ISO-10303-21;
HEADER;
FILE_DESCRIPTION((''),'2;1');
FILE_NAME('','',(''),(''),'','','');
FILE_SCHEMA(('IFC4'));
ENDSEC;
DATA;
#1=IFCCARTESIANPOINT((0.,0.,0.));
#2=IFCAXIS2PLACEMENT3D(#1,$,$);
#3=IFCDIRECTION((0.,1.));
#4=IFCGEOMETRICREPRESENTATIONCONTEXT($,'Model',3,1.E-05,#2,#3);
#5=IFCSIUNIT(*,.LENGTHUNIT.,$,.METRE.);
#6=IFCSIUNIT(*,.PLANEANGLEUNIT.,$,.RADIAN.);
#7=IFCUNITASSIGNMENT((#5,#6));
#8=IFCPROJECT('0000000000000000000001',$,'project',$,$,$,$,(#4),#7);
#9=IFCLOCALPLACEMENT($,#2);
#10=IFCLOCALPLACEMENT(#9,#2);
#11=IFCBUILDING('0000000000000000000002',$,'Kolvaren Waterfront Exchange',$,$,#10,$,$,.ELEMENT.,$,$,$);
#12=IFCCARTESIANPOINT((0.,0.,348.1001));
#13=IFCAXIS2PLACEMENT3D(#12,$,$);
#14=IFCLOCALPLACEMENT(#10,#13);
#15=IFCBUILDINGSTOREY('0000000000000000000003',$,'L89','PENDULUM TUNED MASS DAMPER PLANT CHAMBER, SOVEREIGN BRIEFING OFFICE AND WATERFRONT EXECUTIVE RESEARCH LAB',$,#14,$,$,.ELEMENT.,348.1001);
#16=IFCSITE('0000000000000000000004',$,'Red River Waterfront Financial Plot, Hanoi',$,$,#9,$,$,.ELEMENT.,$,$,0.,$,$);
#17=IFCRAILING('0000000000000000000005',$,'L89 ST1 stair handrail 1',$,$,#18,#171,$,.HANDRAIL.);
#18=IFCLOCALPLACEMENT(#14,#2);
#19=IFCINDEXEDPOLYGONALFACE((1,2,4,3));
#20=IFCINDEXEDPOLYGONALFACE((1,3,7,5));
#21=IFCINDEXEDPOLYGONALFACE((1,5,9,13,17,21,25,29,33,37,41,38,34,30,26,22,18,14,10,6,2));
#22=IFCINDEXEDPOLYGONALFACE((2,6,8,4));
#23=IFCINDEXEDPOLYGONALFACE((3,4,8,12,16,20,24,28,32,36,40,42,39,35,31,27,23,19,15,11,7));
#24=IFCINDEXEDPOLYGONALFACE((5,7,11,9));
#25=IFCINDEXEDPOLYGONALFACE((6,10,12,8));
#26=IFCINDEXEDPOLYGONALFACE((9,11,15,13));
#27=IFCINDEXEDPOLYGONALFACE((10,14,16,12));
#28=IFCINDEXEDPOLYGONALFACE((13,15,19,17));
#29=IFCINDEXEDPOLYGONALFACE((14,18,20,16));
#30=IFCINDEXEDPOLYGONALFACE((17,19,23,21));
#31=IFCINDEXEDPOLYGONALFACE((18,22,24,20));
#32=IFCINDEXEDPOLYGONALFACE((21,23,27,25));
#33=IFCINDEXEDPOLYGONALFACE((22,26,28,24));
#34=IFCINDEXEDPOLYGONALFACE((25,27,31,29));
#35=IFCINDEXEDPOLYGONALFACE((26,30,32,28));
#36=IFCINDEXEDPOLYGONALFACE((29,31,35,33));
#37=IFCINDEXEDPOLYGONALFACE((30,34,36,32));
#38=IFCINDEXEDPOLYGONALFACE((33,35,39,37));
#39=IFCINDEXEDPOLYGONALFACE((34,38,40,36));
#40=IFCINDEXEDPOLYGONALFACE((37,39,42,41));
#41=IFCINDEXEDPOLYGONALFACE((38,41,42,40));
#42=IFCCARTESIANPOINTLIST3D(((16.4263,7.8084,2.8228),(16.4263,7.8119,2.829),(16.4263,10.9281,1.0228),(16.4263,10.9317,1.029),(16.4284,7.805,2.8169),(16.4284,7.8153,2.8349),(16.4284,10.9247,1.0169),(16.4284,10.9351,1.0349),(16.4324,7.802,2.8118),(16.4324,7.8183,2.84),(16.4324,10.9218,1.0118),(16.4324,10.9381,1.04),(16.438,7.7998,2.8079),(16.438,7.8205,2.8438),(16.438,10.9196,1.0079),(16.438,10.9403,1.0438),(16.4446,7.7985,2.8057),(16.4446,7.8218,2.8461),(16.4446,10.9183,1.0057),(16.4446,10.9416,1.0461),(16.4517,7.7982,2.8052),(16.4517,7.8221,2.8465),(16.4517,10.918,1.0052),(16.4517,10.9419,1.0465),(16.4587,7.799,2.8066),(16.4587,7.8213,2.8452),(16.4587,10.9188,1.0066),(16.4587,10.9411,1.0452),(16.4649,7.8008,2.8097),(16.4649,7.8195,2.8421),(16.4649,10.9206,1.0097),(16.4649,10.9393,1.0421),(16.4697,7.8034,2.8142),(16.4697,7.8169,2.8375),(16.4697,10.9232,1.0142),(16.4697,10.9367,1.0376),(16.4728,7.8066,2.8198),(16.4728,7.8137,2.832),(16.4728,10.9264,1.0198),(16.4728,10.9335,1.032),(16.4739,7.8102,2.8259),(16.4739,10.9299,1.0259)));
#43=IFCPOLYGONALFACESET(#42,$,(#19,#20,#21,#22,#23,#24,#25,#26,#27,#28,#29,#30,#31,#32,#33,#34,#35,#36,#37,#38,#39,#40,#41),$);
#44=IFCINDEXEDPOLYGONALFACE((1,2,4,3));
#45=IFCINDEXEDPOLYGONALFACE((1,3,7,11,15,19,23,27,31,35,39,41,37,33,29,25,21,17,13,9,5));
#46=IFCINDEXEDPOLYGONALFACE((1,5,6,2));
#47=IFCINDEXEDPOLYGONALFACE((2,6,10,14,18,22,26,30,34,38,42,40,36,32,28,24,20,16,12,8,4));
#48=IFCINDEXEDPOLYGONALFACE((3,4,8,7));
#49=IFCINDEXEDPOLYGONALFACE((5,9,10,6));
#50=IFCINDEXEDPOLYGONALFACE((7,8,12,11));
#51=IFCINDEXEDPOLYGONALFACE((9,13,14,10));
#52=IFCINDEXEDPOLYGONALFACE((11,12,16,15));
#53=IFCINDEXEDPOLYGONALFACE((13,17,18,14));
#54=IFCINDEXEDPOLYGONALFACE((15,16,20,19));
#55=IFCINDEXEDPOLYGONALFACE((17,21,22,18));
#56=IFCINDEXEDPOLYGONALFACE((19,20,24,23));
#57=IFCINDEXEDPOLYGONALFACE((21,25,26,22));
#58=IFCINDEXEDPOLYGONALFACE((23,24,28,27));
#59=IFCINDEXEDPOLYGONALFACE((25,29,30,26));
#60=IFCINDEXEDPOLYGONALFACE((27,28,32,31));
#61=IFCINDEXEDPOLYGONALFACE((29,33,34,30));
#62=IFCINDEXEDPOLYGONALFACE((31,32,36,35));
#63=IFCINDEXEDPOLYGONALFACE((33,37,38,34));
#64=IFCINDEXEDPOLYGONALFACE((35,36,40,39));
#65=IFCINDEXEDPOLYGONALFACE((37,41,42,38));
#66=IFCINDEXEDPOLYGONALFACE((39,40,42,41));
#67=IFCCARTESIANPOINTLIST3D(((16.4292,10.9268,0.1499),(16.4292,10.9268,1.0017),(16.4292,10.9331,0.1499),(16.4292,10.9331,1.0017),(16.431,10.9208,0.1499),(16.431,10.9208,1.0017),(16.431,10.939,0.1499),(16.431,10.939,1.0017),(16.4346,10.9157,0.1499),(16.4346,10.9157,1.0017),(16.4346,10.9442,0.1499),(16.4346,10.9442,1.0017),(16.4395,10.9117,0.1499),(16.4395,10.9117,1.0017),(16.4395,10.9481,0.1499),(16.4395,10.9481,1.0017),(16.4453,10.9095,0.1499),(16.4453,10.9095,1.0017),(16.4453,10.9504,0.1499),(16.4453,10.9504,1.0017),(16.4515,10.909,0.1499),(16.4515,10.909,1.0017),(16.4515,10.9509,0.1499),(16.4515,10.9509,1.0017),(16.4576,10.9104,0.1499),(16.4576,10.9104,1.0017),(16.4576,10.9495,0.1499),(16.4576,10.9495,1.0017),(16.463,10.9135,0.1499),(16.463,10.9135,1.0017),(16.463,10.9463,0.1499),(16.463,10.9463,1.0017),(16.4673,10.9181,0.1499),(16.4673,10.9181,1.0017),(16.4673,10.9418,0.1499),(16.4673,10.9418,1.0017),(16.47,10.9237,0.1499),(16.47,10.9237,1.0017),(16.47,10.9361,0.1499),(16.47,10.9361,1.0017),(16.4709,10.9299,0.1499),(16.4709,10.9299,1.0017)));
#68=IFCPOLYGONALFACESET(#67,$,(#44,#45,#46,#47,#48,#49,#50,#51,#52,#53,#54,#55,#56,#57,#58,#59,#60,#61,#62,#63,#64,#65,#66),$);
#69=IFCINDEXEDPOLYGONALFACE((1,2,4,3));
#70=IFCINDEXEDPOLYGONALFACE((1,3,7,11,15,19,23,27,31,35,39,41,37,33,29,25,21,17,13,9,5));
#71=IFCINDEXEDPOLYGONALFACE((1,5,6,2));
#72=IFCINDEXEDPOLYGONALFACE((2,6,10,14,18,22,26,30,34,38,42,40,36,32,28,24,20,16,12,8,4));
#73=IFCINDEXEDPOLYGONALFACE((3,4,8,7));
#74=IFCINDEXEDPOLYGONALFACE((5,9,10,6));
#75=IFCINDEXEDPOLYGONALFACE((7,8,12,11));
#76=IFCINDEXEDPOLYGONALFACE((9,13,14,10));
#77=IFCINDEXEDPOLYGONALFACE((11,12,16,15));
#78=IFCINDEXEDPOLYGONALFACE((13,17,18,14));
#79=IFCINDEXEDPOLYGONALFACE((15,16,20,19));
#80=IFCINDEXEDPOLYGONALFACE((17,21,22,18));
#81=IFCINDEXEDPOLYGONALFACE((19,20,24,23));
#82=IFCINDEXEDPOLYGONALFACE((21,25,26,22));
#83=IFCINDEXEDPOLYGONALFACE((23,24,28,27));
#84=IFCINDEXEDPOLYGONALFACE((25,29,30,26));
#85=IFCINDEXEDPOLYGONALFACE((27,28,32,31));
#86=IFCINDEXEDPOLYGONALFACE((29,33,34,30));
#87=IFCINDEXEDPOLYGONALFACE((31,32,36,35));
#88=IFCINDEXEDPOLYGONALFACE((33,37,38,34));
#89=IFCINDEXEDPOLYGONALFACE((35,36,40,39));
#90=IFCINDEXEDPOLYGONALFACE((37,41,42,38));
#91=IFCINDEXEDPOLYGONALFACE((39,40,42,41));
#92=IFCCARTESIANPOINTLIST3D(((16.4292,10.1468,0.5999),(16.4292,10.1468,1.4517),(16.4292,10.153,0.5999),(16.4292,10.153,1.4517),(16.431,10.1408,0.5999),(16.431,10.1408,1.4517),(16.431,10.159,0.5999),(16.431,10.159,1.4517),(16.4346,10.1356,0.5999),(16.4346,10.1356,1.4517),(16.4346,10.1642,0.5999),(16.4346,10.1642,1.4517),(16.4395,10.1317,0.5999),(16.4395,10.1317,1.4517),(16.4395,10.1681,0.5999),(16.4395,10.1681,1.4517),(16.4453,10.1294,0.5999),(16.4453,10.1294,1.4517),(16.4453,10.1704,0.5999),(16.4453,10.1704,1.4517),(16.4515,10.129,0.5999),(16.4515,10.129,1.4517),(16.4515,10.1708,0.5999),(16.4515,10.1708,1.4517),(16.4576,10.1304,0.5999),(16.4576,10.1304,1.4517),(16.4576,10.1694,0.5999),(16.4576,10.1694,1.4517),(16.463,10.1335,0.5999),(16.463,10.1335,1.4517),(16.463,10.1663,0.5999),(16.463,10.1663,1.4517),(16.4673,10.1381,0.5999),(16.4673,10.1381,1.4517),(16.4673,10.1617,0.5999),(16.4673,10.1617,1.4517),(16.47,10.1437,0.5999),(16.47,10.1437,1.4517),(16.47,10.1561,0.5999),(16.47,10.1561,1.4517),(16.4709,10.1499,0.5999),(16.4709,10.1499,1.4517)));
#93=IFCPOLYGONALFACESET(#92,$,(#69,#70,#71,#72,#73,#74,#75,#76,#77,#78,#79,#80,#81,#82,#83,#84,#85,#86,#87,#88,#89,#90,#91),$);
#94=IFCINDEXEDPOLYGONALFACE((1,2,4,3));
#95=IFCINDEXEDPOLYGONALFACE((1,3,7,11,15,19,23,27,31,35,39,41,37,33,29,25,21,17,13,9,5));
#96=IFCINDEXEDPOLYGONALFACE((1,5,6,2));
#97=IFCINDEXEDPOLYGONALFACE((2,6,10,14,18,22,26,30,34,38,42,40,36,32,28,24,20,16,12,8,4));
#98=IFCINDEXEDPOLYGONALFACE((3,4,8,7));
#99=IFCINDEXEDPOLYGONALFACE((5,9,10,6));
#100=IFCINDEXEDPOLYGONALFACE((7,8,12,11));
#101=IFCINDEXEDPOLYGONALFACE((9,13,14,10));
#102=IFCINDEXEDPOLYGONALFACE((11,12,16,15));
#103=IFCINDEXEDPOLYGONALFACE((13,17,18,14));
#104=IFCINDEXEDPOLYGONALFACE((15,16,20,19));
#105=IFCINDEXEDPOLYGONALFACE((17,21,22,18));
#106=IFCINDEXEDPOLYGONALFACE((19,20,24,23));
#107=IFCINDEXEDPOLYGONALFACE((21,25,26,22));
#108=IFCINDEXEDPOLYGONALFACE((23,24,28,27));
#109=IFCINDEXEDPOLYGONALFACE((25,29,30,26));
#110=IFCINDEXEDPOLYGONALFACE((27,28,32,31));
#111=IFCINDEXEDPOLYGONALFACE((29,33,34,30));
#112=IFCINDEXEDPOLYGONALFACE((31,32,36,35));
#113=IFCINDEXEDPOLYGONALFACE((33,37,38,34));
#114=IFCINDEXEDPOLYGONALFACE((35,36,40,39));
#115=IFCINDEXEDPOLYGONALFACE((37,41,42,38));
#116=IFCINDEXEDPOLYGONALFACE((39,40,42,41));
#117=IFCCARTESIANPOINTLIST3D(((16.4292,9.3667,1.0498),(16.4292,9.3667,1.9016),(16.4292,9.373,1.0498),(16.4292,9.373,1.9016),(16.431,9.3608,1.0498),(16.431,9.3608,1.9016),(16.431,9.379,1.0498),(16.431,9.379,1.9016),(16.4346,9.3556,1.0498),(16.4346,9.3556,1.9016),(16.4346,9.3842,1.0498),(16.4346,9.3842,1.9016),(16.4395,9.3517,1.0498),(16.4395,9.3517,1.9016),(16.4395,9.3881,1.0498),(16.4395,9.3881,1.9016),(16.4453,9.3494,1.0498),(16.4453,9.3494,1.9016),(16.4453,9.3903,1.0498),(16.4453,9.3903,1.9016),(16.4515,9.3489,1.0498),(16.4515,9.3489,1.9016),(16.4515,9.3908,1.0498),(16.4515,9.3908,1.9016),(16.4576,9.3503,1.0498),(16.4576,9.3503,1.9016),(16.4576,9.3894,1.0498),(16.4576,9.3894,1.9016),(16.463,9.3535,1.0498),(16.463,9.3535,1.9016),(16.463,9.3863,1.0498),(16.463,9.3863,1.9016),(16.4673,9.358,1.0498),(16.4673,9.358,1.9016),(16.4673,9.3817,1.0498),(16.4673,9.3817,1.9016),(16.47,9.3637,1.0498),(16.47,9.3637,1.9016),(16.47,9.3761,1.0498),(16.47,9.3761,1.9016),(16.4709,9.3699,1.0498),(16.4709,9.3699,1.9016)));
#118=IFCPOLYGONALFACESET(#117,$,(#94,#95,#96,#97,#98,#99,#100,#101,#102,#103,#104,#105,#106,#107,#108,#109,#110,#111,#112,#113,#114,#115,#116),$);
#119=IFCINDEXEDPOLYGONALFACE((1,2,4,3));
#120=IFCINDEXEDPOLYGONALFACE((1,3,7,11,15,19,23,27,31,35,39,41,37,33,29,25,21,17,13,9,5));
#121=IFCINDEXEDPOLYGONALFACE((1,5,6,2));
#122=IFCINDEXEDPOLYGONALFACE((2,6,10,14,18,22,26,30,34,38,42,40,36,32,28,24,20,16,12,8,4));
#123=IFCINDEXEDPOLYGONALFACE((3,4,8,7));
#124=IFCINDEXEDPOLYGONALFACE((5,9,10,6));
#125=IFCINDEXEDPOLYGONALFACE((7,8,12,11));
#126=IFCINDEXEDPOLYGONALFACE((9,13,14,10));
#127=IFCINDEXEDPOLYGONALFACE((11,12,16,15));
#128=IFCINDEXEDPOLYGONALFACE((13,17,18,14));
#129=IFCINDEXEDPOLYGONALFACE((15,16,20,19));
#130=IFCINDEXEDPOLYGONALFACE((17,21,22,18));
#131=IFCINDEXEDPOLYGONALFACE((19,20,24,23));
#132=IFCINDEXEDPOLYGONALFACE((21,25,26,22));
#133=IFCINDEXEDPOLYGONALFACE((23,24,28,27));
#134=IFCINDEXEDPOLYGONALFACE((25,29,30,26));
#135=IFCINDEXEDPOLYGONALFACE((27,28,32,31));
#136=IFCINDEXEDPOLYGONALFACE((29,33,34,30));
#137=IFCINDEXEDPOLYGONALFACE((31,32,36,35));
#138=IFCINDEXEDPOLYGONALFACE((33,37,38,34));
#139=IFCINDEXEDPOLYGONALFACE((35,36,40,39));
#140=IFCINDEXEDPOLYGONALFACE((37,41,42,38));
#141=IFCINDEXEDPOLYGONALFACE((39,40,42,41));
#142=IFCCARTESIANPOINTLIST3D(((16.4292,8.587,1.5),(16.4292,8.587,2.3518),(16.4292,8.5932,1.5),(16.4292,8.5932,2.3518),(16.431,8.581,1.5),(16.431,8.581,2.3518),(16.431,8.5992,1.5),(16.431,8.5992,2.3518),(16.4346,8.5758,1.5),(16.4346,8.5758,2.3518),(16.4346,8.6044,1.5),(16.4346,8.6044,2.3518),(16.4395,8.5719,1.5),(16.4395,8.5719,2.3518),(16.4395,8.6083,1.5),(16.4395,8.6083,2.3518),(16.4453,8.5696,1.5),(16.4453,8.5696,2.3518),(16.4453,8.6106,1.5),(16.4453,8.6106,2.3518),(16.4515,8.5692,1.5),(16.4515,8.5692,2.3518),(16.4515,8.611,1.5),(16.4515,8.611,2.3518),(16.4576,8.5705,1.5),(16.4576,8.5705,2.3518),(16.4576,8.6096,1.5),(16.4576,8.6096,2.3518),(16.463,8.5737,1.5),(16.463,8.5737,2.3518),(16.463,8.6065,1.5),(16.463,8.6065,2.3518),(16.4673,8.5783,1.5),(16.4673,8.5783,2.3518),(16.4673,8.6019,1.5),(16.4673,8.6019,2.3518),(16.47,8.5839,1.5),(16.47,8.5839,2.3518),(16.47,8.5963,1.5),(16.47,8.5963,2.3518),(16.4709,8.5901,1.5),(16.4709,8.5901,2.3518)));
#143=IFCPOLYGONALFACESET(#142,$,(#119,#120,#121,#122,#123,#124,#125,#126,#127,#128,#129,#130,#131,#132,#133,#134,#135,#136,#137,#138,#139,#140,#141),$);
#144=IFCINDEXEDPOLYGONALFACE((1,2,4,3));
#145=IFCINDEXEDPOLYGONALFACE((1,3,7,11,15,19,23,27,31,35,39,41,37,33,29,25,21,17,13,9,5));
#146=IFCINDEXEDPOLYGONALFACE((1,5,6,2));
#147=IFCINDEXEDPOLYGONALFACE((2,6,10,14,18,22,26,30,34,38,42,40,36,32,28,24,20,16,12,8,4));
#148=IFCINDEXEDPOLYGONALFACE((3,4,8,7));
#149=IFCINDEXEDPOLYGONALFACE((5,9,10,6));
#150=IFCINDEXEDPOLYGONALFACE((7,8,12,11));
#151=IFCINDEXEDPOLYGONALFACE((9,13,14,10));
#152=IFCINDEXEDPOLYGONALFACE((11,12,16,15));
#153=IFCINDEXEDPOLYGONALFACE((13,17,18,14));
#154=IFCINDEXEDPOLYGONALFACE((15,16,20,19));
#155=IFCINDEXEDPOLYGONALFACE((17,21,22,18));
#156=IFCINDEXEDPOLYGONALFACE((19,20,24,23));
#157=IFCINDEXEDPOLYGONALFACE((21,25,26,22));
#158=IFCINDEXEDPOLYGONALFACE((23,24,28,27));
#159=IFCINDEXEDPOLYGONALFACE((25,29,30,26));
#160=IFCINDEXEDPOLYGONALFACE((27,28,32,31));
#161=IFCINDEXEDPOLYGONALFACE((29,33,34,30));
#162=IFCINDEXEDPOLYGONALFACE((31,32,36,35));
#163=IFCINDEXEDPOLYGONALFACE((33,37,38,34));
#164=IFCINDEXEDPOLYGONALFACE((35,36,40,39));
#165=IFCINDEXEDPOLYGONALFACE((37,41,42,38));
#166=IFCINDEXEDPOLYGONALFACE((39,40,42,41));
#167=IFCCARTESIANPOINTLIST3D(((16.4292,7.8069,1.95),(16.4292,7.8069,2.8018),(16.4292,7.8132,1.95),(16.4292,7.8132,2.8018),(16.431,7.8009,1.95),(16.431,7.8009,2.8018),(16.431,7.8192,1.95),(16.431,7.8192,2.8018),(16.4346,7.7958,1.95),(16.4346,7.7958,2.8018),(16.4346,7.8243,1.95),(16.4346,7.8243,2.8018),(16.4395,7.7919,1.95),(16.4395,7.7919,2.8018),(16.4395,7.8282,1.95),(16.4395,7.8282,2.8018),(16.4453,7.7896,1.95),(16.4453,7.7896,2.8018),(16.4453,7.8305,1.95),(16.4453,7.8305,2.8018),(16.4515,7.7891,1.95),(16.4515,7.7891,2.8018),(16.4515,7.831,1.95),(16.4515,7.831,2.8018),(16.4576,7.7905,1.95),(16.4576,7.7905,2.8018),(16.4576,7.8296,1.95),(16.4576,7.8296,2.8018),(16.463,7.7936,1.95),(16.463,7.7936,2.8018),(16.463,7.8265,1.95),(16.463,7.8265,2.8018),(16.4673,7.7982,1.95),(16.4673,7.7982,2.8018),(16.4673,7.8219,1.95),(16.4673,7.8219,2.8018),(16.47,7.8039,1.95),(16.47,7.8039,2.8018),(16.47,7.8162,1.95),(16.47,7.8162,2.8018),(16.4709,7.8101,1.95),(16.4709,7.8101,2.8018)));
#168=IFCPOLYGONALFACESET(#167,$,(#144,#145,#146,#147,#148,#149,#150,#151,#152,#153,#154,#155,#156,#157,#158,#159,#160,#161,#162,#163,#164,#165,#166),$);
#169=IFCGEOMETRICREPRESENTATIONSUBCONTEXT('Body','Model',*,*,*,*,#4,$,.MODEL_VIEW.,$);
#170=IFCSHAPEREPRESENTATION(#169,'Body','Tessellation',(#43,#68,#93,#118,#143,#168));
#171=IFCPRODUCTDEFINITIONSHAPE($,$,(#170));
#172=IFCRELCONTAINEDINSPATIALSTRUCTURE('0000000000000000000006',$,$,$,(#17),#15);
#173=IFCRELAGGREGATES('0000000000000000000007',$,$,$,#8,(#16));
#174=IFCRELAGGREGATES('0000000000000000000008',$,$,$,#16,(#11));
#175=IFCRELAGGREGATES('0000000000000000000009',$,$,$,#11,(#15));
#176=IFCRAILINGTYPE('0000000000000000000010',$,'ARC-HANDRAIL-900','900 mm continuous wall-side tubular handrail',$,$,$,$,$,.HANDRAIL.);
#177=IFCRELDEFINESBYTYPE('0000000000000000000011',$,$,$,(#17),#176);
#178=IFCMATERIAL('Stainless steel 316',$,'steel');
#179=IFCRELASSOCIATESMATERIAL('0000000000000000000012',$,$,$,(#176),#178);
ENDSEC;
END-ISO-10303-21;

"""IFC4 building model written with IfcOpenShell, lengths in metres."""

from ifc_helpers import new_model, si_unit, direction, frame, origin, origin_2d, place, context, subcontext, project, spatial, circle, extrude, material, type_object, element, save


model = new_model("IFC4")

# Units and contexts
model_context = context("Model", 3, precision=1e-05, world=origin(), true_north=direction((0.0, 1.0)))
body_context = subcontext(model_context, "Body", "Model", "MODEL_VIEW")
ifc_project = project(units=[si_unit("LENGTHUNIT", "METRE"), si_unit("PLANEANGLEUNIT", "RADIAN")], contexts=[model_context])

# Site, building, storey
site_placement = place(None, origin())
site = spatial("IfcSite", under=ifc_project, at=site_placement, Name="Red River Waterfront Financial Plot, Hanoi", CompositionType="ELEMENT", RefElevation=0.0)
building_placement = place(site_placement, origin())
building = spatial("IfcBuilding", under=site, at=building_placement, Name="Kolvaren Waterfront Exchange", CompositionType="ELEMENT")
storey_placement = place(building_placement, frame((0.0, 0.0, 348.1001)))
storey = spatial("IfcBuildingStorey", under=building, at=storey_placement, Name="L89", Description="PENDULUM TUNED MASS DAMPER PLANT CHAMBER, SOVEREIGN BRIEFING OFFICE AND WATERFRONT EXECUTIVE RESEARCH LAB", CompositionType="ELEMENT", Elevation=348.1001)

# Railing
ifc_material_1 = material(Name="Stainless steel 316", Category="steel")
railing_type_1 = type_object("IfcRailingType", Name="ARC-HANDRAIL-900", Description="900 mm continuous wall-side tubular handrail", PredefinedType="HANDRAIL", material=ifc_material_1)
railing_1_placement = place(storey_placement, frame((16.45, 10.9299, 0.1499)))
element("IfcRailing", 1, at=railing_1_placement, inside=storey, type_object=railing_type_1, Name="L89 ST1 stair handrail 1", PredefinedType="HANDRAIL", context=body_context, shape_type="SweptSolid", body=[
    extrude(circle(Radius=0.0239, at=origin_2d()), frame((0.0, 0.0, 0.876), z_axis=(0.0, -0.866171, 0.499748), x_axis=(1.0, 0.0, 0.0)), (0.0, 0.0, 1.0), 3.6018),
    extrude(circle(Radius=0.021, at=origin_2d()), origin(), (0.0, 0.0, 1.0), 0.8518),
    extrude(circle(Radius=0.021, at=origin_2d()), frame((0.0, -0.78, 0.45)), (0.0, 0.0, 1.0), 0.8518),
    extrude(circle(Radius=0.021, at=origin_2d()), frame((0.0, -1.5601, 0.8999)), (0.0, 0.0, 1.0), 0.8518),
    extrude(circle(Radius=0.021, at=origin_2d()), frame((0.0, -2.3398, 1.3501)), (0.0, 0.0, 1.0), 0.8518),
    extrude(circle(Radius=0.021, at=origin_2d()), frame((0.0, -3.1199, 1.8)), (0.0, 0.0, 1.0), 0.8518),
])

save(model, "model.ifc")
